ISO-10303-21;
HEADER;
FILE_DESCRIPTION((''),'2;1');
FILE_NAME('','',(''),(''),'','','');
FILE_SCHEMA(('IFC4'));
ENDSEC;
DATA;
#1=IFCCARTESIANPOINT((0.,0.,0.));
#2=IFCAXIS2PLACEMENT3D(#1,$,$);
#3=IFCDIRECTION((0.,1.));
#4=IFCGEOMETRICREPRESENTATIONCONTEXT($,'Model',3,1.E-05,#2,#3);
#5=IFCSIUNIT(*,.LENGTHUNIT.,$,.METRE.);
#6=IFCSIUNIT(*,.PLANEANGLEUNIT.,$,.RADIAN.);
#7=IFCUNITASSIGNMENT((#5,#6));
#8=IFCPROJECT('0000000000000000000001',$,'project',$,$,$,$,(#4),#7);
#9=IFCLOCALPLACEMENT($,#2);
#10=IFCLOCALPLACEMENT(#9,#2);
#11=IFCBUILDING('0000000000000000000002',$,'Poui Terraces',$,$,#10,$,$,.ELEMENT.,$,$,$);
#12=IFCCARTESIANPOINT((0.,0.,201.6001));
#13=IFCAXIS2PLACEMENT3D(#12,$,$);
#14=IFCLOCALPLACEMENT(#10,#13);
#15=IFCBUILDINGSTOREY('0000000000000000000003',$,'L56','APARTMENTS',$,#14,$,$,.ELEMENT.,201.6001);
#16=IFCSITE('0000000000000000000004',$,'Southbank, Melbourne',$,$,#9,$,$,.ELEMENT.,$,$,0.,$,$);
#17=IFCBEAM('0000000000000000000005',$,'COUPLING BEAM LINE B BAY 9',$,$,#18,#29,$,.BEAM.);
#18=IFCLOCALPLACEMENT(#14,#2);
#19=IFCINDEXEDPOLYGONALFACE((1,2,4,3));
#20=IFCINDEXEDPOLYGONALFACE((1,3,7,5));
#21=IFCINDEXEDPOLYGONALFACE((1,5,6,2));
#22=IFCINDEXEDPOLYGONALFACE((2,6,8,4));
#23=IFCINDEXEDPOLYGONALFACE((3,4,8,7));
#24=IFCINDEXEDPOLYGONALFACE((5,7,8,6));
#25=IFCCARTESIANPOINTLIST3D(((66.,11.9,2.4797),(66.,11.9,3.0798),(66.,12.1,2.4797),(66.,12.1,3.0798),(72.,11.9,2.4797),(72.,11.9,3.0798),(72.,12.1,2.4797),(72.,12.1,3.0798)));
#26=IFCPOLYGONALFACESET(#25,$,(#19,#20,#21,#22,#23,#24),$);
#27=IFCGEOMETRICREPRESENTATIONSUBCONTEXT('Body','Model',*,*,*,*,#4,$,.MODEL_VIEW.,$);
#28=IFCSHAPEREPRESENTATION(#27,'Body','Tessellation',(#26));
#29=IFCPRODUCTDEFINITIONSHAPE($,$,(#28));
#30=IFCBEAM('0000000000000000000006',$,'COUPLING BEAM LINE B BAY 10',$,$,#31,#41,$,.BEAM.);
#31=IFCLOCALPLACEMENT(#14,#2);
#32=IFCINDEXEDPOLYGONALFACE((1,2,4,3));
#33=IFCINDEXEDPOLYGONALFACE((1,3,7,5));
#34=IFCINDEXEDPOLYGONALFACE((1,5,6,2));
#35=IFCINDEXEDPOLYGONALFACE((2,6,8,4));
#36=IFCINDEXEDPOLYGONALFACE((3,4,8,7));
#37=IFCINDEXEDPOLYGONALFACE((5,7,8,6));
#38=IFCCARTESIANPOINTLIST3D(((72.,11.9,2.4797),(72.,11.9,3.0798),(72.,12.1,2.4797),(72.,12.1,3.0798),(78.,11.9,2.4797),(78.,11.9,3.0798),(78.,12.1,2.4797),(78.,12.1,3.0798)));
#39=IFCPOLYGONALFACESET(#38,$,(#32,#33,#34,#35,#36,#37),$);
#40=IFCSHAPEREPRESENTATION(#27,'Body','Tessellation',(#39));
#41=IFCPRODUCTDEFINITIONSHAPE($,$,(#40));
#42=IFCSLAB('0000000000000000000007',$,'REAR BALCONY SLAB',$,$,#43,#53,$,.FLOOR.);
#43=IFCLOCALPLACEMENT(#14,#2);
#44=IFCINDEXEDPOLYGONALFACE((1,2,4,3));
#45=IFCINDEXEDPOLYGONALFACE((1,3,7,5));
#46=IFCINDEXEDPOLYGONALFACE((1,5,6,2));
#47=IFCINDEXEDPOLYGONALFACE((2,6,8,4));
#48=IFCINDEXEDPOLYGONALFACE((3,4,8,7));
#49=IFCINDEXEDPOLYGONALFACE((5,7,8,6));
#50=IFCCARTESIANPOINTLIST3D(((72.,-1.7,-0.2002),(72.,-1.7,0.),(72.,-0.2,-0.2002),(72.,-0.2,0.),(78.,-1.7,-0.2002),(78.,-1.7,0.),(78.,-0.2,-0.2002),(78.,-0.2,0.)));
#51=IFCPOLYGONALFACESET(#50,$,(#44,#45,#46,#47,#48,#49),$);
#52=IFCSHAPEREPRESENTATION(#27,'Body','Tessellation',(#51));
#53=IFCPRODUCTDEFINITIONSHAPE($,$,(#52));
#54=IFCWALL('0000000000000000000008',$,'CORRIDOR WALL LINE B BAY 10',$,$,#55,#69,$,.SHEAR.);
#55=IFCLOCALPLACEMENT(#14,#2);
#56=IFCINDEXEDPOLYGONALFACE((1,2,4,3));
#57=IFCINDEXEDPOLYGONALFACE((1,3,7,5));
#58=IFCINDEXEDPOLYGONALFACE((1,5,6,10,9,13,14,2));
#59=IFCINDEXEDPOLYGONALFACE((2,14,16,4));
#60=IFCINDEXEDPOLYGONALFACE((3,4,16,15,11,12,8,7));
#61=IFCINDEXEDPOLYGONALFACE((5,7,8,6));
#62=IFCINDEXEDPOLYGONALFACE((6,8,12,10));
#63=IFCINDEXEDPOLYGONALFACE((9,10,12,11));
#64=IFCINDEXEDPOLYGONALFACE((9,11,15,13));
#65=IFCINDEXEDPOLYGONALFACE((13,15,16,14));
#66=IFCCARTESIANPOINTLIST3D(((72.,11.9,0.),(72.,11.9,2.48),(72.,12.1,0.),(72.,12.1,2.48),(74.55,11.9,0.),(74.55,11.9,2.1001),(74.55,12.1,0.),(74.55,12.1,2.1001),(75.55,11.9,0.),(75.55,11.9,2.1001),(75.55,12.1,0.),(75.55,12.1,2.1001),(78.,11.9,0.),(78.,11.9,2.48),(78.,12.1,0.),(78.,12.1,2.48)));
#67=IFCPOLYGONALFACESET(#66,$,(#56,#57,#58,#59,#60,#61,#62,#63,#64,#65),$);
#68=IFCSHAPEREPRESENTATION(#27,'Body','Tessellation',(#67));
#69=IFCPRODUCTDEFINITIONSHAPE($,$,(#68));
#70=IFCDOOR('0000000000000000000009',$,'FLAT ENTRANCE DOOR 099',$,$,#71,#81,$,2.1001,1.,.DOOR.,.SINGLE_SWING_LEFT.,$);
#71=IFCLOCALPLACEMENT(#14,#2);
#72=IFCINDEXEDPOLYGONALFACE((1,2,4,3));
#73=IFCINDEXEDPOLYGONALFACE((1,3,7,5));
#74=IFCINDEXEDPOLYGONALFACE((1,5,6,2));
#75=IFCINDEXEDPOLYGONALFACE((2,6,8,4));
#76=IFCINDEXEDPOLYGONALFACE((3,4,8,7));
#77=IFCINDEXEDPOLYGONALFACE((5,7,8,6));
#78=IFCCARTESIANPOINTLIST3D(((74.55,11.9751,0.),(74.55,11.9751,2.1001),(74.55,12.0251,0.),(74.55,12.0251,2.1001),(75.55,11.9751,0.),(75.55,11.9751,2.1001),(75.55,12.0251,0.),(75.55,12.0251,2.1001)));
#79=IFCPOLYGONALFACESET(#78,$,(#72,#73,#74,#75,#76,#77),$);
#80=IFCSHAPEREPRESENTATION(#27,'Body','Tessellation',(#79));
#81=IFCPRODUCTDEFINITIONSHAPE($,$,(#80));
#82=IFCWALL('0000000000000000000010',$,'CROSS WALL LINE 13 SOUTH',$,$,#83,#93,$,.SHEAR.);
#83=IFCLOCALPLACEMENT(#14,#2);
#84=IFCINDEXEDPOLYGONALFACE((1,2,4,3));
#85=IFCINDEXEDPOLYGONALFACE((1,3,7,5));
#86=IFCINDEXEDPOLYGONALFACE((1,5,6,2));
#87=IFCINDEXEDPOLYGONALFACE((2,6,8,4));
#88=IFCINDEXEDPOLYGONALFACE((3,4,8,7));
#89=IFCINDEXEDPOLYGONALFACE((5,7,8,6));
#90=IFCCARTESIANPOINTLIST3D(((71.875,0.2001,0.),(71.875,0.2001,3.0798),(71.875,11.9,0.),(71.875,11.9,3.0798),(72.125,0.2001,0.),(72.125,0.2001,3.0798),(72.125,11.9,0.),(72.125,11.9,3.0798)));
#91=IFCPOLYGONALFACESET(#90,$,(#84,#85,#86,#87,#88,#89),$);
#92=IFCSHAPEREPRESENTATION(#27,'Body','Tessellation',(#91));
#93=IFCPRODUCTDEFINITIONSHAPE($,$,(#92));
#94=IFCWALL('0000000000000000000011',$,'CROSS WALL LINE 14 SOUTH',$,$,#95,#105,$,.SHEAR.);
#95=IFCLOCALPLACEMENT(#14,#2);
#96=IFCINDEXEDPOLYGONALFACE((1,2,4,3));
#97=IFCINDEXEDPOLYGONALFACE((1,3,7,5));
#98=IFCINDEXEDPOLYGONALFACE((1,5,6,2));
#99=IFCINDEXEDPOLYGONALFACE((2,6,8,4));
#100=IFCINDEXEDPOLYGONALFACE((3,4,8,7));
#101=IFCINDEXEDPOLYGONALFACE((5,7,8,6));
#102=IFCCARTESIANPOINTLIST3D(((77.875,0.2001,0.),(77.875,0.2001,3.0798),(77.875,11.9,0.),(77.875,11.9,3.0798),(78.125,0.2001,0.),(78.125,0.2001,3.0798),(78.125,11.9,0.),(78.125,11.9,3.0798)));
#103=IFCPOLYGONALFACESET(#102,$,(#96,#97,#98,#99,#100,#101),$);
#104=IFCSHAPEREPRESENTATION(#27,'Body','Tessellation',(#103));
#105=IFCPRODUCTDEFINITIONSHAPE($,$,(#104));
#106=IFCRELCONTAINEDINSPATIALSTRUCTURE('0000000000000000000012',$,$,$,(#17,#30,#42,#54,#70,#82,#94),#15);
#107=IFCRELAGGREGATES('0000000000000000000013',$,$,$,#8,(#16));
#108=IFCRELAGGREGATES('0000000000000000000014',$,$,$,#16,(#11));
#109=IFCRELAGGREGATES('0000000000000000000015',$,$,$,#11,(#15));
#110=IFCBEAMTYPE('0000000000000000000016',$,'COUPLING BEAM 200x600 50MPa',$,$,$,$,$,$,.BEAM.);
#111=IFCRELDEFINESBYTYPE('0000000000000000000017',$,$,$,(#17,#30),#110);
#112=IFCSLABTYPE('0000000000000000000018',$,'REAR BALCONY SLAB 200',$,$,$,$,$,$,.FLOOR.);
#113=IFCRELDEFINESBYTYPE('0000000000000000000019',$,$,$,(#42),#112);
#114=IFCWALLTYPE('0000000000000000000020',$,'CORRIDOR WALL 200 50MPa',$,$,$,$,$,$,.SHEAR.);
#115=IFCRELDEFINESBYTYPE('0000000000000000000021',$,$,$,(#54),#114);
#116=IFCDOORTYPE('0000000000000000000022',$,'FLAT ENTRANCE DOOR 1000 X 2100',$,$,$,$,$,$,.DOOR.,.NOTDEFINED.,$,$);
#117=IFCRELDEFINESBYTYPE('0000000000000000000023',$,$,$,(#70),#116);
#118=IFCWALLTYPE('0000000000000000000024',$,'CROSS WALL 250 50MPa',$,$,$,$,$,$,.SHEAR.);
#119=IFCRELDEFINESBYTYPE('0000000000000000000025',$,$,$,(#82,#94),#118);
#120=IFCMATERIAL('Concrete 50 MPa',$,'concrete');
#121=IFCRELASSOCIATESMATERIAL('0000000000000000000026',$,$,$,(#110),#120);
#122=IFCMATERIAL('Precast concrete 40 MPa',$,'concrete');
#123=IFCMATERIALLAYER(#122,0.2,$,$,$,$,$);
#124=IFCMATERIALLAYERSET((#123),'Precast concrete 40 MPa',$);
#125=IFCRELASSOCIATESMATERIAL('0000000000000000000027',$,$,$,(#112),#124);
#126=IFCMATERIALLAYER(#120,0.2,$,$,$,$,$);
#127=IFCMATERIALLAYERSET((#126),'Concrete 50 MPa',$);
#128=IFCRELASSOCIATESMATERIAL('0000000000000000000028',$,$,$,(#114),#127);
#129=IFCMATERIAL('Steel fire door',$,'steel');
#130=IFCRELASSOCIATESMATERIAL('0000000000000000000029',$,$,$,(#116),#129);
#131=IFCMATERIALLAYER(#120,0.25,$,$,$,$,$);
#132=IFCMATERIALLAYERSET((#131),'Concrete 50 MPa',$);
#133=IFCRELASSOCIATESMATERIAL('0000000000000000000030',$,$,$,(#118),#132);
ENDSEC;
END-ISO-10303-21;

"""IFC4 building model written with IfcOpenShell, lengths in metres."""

from ifc_helpers import new_model, si_unit, direction, frame, frame_2d, origin, origin_2d, place, context, subcontext, project, spatial, polyline, rectangle, outline, extrude, source, transform, mapped, material, layer, layer_set, material_profile, profile_set, type_object, element, fill, save


model = new_model("IFC4")

# Units and contexts
model_context = context("Model", 3, precision=1e-05, world=origin(), true_north=direction((0.0, 1.0)))
body_context = subcontext(model_context, "Body", "Model", "MODEL_VIEW")
ifc_project = project(units=[si_unit("LENGTHUNIT", "METRE"), si_unit("PLANEANGLEUNIT", "RADIAN")], contexts=[model_context])

# Site, building, storey
site_placement = place(None, origin())
site = spatial("IfcSite", under=ifc_project, at=site_placement, Name="Southbank, Melbourne", CompositionType="ELEMENT", RefElevation=0.0)
building_placement = place(site_placement, origin())
building = spatial("IfcBuilding", under=site, at=building_placement, Name="Poui Terraces", CompositionType="ELEMENT")
storey_placement = place(building_placement, frame((0.0, 0.0, 201.6001)))
storey = spatial("IfcBuildingStorey", under=building, at=storey_placement, Name="L56", Description="APARTMENTS", CompositionType="ELEMENT", Elevation=201.6001)

# Beams
ifc_material_1 = material(Name="Concrete 50 MPa", Category="concrete")
ifc_material_profile_1 = material_profile(ifc_material_1, rectangle(XDim=0.2, YDim=0.6001, at=origin_2d()), Name="RC 200x600")
ifc_profile_set_1 = profile_set([ifc_material_profile_1], Name="Concrete 50 MPa")
beam_type = type_object("IfcBeamType", Name="COUPLING BEAM 200x600 50MPa", PredefinedType="BEAM", material=ifc_profile_set_1)
shared_shape_1 = source(origin(), body_context, "Body", "SweptSolid", [
    extrude(rectangle(XDim=0.2, YDim=0.6001, at=origin_2d()), origin(), (0.0, 0.0, 1.0), 6.0),
])
for number, where, z_axis, x_axis, name in (
    (1, (66.0, 12.0, 2.7798), (1.0, 0.0, 0.0), (0.0, 1.0, 0.0), "COUPLING BEAM LINE B BAY 9"),
    (2, (72.0, 12.0, 2.7798), (1.0, 0.0, 0.0), (0.0, 1.0, 0.0), "COUPLING BEAM LINE B BAY 10"),
):
    element("IfcBeam", number, at=place(storey_placement, frame(where, z_axis=z_axis, x_axis=x_axis)), inside=storey, type_object=beam_type, Name=name, PredefinedType="BEAM", context=body_context, shape_type="MappedRepresentation", body=[
        mapped(shared_shape_1, transform((0.0, 0.0, 0.0))),
    ])

# Slab
ifc_material_2 = material(Name="Precast concrete 40 MPa", Category="concrete")
ifc_layer_1 = layer(ifc_material_2, 0.2)
ifc_layer_set_1 = layer_set([ifc_layer_1], Name="Precast concrete 40 MPa")
slab_type = type_object("IfcSlabType", Name="REAR BALCONY SLAB 200", PredefinedType="FLOOR", material=ifc_layer_set_1)
shared_shape_2 = source(origin(), body_context, "Body", "SweptSolid", [
    extrude(outline(polyline([(0.0, 0.0), (6.0, 0.0), (6.0, 1.5), (0.0, 1.5), (0.0, 0.0)])), origin(), (0.0, 0.0, 1.0), 0.2002),
])
slab_placement = place(storey_placement, frame((72.0, -1.7, -0.2002)))
element("IfcSlab", 3, at=slab_placement, inside=storey, type_object=slab_type, Name="REAR BALCONY SLAB", PredefinedType="FLOOR", context=body_context, shape_type="MappedRepresentation", body=[
    mapped(shared_shape_2, transform((0.0, 0.0, 0.0))),
])

# Wall, opening, door
ifc_layer_2 = layer(ifc_material_1, 0.2)
ifc_layer_set_2 = layer_set([ifc_layer_2], Name="Concrete 50 MPa")
wall_type_1 = type_object("IfcWallType", Name="CORRIDOR WALL 200 50MPa", PredefinedType="SHEAR", material=ifc_layer_set_2)
wall_1_placement = place(storey_placement, frame((72.0, 12.0, 0.0), z_axis=(0.0, 0.0, 1.0), x_axis=(1.0, 0.0, 0.0)))
wall_1 = element("IfcWall", 4, at=wall_1_placement, inside=storey, type_object=wall_type_1, Name="CORRIDOR WALL LINE B BAY 10", PredefinedType="SHEAR", context=body_context, shape_type="SweptSolid", body=[
    extrude(rectangle(XDim=6.0, YDim=0.2, at=frame_2d((3.0, 0.0))), origin(), (0.0, 0.0, 1.0), 2.48),
])
opening_1_placement = place(wall_1_placement, frame((2.55, 0.0, 0.0)))
opening_1 = element("IfcOpeningElement", 5, at=opening_1_placement, cuts=wall_1, PredefinedType="OPENING", context=body_context, shape_type="SweptSolid", body=[
    extrude(rectangle(XDim=1.0, YDim=2.1001, at=frame_2d((0.5, 1.05))), frame((0.0, 0.1099, 0.0), z_axis=(0.0, -1.0, 0.0), x_axis=(1.0, 0.0, 0.0)), (0.0, 0.0, 1.0), 0.22),
])
ifc_material_3 = material(Name="Steel fire door", Category="steel")
door_type_1 = type_object("IfcDoorType", Name="FLAT ENTRANCE DOOR 1000 X 2100", OperationType="NOTDEFINED", PredefinedType="DOOR", material=ifc_material_3)
door_1_placement = place(opening_1_placement, frame((1.0, 0.0, 0.0), z_axis=(0.0, 0.0, 1.0), x_axis=(-1.0, 0.0, 0.0)))
door_1 = element("IfcDoor", 6, at=door_1_placement, inside=storey, type_object=door_type_1, Name="FLAT ENTRANCE DOOR 099", OperationType="SINGLE_SWING_LEFT", OverallHeight=2.1001, OverallWidth=1.0, PredefinedType="DOOR", context=body_context, shape_type="SweptSolid", body=[
    extrude(rectangle(XDim=1.0, YDim=2.1001, at=frame_2d((0.5, 1.05))), frame((0.0, 0.0249, 0.0), z_axis=(0.0, -1.0, 0.0), x_axis=(1.0, 0.0, 0.0)), (0.0, 0.0, 1.0), 0.05),
])
fill(opening_1, door_1)

# Walls
ifc_layer_3 = layer(ifc_material_1, 0.25)
ifc_layer_set_3 = layer_set([ifc_layer_3], Name="Concrete 50 MPa")
wall_type_2 = type_object("IfcWallType", Name="CROSS WALL 250 50MPa", PredefinedType="SHEAR", material=ifc_layer_set_3)
for number, where, z_axis, x_axis, name in (
    (7, (72.0, 0.2, 0.0), (0.0, 0.0, 1.0), (0.0, 1.0, 0.0), "CROSS WALL LINE 13 SOUTH"),
    (8, (78.0, 0.2, 0.0), (0.0, 0.0, 1.0), (0.0, 1.0, 0.0), "CROSS WALL LINE 14 SOUTH"),
):
    element("IfcWall", number, at=place(storey_placement, frame(where, z_axis=z_axis, x_axis=x_axis)), inside=storey, type_object=wall_type_2, Name=name, PredefinedType="SHEAR", context=body_context, shape_type="SweptSolid", body=[
        extrude(rectangle(XDim=11.7, YDim=0.25, at=frame_2d((5.8501, 0.0))), origin(), (0.0, 0.0, 1.0), 3.0798),
    ])

save(model, "model.ifc")
